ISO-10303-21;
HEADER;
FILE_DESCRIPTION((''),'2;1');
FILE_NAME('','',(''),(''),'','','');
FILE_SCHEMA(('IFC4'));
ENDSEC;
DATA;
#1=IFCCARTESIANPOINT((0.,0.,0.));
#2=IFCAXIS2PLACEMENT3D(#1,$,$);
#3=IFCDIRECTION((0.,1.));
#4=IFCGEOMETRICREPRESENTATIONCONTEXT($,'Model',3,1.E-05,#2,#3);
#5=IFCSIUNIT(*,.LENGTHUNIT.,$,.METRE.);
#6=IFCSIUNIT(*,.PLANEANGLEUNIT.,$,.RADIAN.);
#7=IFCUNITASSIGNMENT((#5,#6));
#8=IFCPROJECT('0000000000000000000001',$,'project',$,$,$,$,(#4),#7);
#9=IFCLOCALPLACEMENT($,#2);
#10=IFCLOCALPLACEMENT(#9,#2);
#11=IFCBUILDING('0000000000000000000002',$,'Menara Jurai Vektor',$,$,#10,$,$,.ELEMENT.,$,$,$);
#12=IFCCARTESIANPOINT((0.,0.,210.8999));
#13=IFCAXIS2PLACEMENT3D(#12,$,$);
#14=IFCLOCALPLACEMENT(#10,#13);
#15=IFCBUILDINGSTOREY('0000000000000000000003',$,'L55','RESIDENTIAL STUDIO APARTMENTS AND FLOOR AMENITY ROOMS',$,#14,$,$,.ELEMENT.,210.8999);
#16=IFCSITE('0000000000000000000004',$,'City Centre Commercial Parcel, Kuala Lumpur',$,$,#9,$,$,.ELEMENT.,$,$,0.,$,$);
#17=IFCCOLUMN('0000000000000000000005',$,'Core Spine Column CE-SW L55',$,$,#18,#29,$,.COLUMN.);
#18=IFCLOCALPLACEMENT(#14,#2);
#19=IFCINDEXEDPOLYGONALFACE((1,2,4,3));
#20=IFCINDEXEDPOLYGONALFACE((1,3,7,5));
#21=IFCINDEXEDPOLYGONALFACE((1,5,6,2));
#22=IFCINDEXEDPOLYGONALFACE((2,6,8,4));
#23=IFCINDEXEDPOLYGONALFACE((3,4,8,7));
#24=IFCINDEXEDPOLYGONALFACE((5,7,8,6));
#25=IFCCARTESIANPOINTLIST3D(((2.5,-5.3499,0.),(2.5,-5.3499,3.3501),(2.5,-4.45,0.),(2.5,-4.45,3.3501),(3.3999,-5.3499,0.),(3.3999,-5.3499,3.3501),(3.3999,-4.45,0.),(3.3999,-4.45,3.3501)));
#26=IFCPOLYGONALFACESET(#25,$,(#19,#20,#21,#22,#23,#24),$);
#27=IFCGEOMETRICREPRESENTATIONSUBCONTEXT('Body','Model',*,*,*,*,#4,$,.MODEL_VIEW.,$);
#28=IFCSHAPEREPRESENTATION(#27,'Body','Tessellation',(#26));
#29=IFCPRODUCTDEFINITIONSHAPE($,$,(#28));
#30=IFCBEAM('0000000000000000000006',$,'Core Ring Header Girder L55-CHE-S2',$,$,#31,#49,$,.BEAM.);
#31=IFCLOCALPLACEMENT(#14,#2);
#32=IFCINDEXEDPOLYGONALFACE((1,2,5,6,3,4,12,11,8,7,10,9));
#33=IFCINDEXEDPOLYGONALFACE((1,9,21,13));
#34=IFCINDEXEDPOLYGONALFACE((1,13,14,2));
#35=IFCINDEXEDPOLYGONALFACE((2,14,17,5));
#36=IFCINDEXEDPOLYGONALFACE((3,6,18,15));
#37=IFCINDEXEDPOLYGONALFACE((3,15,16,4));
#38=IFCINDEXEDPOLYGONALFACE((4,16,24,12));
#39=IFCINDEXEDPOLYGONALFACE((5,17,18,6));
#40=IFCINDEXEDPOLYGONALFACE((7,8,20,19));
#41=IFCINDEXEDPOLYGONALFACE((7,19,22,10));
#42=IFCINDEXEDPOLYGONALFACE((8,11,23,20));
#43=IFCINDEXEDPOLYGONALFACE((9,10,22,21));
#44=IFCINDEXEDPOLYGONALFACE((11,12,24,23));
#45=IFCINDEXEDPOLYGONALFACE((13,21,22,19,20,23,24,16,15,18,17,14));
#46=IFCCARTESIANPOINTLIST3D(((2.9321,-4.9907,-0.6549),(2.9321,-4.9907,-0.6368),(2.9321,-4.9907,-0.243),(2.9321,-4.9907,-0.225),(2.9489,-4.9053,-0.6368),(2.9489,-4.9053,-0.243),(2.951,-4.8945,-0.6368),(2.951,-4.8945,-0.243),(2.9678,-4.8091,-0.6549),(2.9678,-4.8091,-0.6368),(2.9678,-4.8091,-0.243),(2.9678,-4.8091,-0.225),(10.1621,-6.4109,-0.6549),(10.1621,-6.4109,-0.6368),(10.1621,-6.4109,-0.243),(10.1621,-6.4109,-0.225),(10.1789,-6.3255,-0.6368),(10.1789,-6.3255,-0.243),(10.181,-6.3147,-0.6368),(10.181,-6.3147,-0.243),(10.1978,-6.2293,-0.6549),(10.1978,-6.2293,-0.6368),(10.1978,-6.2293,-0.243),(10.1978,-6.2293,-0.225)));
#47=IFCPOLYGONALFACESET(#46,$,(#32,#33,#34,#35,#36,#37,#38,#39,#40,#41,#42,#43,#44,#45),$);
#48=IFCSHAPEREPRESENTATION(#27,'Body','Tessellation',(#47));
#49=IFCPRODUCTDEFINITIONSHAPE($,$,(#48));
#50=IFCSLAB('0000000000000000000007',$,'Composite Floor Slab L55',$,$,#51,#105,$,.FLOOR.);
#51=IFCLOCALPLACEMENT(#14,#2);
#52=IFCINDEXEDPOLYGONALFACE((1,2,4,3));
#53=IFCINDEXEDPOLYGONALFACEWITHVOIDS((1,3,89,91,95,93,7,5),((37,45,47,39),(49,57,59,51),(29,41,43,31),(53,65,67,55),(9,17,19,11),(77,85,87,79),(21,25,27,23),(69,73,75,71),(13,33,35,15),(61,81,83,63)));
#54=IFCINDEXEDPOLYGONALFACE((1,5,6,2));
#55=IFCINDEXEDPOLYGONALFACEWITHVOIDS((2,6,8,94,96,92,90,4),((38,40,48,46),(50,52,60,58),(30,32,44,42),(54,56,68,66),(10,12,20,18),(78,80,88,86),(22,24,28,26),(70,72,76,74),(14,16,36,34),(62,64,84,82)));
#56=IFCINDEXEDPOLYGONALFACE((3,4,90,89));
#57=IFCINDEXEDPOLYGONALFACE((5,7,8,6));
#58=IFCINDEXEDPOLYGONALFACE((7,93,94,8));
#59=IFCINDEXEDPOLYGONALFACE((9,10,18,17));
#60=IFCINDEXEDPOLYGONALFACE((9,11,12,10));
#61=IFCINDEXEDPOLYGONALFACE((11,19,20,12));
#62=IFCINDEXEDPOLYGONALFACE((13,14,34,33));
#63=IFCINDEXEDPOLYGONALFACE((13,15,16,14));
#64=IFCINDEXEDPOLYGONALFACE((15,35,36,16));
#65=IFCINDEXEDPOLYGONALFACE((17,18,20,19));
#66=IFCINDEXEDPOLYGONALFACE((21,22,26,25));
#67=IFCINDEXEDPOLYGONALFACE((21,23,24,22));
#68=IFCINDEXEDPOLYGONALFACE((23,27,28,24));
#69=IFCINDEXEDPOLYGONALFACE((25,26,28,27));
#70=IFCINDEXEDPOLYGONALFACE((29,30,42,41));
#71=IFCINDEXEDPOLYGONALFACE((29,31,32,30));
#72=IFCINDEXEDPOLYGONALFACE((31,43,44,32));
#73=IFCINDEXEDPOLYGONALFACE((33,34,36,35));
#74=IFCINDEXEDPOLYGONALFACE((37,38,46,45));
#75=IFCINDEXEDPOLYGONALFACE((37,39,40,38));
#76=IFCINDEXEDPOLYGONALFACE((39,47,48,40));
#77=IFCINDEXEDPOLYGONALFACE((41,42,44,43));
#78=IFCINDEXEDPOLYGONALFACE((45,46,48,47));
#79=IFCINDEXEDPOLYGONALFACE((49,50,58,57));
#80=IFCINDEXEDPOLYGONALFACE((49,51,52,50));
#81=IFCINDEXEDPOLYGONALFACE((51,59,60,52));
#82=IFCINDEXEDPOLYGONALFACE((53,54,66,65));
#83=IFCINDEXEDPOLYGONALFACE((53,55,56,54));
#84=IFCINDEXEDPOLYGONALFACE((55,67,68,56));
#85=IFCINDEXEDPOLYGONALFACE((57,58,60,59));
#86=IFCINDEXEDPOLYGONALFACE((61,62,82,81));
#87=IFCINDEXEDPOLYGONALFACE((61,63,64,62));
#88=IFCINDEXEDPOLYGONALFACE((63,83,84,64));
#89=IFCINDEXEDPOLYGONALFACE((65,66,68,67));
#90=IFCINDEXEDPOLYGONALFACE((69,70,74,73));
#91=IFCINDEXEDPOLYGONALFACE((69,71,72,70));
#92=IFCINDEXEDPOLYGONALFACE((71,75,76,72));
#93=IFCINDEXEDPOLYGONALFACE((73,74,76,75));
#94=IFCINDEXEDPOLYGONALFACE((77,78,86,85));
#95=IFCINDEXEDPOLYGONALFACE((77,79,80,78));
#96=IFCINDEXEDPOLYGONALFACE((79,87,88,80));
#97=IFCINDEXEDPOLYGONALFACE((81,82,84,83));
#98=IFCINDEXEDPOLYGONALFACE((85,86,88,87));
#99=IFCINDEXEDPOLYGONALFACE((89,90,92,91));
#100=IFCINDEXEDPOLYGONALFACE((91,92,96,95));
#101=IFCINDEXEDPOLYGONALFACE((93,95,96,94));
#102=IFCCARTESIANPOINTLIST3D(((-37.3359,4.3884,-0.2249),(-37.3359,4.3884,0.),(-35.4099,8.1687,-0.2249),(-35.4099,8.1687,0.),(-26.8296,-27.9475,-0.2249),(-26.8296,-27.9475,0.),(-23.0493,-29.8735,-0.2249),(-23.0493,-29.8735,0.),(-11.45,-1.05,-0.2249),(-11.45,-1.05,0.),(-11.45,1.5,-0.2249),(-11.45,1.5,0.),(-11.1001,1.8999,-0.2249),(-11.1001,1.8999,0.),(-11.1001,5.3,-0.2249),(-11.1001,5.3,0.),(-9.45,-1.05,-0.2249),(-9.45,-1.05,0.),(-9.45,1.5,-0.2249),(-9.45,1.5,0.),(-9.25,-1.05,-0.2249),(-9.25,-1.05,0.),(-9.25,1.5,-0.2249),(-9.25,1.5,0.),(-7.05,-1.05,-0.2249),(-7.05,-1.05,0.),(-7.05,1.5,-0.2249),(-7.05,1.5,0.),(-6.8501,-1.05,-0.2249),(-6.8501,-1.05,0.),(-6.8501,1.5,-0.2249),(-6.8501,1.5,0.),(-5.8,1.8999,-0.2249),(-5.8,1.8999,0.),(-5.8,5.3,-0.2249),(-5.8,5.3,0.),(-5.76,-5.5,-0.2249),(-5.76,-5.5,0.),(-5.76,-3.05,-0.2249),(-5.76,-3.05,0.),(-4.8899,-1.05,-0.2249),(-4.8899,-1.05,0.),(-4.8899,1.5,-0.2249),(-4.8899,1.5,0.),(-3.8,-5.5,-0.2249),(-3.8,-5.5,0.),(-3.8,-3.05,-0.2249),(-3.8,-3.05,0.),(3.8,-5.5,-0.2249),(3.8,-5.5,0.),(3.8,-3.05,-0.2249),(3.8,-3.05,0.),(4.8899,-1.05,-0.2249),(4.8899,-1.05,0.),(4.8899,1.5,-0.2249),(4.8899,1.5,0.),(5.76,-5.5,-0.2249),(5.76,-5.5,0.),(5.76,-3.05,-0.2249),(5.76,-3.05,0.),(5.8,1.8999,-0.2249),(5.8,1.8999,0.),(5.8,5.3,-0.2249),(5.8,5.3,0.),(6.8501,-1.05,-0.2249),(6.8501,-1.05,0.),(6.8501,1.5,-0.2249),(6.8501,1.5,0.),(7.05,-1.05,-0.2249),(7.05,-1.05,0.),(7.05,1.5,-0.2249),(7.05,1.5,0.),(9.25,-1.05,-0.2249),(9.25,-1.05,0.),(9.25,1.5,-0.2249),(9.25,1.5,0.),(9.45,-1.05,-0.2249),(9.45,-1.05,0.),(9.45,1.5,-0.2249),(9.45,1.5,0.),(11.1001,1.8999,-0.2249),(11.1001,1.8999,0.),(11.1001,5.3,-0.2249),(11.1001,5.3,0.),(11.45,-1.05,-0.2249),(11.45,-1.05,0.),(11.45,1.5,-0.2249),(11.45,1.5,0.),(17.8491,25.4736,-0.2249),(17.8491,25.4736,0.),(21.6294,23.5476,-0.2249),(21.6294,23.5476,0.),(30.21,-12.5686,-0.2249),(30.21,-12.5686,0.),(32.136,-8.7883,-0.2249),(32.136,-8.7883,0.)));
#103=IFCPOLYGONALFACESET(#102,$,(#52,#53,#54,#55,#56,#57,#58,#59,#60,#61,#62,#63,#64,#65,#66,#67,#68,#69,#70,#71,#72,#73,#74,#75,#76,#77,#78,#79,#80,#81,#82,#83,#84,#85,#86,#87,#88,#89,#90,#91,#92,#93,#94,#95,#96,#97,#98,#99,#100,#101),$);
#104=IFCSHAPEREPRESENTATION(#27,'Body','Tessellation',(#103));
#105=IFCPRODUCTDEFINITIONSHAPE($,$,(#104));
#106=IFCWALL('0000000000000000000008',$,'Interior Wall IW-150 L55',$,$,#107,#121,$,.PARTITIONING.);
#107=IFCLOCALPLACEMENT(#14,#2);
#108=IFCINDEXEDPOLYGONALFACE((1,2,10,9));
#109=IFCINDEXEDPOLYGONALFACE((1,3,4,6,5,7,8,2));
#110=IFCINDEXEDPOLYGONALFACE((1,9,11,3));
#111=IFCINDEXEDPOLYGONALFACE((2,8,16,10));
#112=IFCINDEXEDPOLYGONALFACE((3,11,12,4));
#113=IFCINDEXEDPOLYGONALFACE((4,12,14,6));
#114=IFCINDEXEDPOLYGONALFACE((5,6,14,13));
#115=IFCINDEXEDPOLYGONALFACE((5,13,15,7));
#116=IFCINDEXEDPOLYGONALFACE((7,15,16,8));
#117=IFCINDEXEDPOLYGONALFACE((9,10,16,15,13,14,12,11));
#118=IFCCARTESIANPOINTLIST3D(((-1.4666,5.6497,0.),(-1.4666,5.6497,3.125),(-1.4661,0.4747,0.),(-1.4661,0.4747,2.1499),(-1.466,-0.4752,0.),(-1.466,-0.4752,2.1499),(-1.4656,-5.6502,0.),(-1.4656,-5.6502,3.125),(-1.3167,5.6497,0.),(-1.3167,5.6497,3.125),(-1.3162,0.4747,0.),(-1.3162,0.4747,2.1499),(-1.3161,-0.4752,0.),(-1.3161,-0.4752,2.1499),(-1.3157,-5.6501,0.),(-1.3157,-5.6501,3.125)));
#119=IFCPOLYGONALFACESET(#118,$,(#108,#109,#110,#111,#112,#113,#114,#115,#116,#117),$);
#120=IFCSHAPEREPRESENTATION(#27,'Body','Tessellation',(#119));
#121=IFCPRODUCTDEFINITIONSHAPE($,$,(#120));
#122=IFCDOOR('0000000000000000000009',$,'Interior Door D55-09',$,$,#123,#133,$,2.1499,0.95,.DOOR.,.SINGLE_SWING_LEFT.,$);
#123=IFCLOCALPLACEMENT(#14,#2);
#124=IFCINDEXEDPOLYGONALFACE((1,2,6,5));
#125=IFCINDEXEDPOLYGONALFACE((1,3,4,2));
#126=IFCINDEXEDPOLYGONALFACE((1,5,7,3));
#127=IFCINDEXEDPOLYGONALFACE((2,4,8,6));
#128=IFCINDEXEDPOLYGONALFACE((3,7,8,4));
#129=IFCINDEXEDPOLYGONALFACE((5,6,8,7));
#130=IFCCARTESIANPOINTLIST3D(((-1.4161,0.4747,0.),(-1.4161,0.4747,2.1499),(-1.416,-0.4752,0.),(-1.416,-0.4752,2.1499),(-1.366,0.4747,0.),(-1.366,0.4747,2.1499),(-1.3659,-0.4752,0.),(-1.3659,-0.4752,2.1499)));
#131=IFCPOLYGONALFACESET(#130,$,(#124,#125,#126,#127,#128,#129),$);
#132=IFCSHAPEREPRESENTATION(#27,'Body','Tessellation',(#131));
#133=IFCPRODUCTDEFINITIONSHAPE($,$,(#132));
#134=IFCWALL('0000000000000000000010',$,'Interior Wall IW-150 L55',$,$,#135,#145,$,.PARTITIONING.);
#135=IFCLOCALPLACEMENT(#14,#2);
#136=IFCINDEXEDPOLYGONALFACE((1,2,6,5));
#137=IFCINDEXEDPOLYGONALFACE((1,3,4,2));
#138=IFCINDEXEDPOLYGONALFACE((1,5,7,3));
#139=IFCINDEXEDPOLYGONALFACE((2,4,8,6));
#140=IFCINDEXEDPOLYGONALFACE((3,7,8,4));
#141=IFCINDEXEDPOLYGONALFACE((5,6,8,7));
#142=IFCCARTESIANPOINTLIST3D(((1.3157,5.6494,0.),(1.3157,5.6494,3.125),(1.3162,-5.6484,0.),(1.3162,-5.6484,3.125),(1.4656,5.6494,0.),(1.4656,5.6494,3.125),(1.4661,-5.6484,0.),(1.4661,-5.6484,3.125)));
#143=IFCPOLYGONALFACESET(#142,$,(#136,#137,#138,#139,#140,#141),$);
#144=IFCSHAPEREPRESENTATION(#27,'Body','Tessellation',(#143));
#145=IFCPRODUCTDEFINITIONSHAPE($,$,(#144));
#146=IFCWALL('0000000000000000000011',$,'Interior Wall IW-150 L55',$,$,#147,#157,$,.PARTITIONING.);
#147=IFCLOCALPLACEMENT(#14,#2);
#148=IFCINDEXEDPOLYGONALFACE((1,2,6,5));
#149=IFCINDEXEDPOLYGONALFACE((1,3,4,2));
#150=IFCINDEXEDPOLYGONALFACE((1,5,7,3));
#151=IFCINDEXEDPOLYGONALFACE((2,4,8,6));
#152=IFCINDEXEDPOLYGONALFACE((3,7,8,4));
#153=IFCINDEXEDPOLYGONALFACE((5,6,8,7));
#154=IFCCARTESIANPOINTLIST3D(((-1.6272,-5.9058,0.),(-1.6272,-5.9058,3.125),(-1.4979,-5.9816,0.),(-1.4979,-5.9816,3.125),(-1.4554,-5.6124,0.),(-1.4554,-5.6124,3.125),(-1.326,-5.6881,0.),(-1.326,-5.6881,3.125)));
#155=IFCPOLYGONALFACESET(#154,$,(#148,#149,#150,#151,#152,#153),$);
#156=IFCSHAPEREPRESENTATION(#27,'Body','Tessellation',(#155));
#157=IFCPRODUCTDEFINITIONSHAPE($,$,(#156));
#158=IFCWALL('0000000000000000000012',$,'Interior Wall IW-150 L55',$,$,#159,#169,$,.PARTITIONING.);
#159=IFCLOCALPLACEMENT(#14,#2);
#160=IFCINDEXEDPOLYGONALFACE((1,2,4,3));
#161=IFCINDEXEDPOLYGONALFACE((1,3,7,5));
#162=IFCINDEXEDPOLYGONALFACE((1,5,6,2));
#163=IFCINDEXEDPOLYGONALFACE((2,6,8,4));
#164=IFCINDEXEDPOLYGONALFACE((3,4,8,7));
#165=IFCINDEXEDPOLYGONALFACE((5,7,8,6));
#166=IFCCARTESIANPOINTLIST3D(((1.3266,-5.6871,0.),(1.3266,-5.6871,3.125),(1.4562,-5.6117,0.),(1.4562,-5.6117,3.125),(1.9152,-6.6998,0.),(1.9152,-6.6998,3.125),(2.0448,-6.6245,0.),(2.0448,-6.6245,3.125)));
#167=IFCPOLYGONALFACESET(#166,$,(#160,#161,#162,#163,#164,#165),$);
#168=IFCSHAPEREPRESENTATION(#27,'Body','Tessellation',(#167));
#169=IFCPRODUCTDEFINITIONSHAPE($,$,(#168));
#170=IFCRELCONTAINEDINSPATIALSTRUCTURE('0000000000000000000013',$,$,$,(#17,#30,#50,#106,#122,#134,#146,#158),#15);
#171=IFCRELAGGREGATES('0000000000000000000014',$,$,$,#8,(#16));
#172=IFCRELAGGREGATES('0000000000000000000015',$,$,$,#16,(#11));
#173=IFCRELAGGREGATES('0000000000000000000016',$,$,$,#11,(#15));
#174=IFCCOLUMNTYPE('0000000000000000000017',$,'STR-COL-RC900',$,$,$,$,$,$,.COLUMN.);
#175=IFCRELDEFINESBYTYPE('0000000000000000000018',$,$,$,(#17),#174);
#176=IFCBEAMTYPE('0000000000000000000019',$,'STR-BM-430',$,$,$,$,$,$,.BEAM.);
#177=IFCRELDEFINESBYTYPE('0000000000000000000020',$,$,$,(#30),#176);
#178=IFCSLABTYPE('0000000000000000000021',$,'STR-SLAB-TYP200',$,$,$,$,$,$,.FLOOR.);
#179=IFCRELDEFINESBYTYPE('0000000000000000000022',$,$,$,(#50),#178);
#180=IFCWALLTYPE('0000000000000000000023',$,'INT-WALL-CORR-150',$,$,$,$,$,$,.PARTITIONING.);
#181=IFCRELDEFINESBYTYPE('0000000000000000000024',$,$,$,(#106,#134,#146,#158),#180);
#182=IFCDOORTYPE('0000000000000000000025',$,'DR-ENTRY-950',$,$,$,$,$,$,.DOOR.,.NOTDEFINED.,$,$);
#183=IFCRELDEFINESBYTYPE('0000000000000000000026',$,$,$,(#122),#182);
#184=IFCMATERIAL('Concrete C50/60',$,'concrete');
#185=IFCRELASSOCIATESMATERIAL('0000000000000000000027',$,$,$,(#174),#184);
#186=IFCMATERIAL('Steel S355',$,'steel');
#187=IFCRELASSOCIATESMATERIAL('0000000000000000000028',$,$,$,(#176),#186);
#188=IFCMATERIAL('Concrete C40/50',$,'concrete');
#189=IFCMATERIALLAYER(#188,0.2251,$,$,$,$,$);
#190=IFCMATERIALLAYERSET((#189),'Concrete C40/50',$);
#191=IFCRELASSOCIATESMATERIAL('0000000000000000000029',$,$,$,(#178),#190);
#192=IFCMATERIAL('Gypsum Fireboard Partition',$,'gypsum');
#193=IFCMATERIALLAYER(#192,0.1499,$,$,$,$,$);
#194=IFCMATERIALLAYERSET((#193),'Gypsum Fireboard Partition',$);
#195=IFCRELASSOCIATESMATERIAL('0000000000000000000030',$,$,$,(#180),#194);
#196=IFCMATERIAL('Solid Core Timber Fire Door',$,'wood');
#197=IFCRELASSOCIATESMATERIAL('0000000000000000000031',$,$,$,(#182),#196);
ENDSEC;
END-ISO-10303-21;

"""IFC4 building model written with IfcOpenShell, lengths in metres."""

from ifc_helpers import new_model, si_unit, direction, frame, frame_2d, origin, origin_2d, place, context, subcontext, project, spatial, polyline, rectangle, i_section, outline, extrude, material, layer, layer_set, material_profile, profile_set, type_object, element, fill, save


model = new_model("IFC4")

# Units and contexts
model_context = context("Model", 3, precision=1e-05, world=origin(), true_north=direction((0.0, 1.0)))
body_context = subcontext(model_context, "Body", "Model", "MODEL_VIEW")
ifc_project = project(units=[si_unit("LENGTHUNIT", "METRE"), si_unit("PLANEANGLEUNIT", "RADIAN")], contexts=[model_context])

# Site, building, storey
site_placement = place(None, origin())
site = spatial("IfcSite", under=ifc_project, at=site_placement, Name="City Centre Commercial Parcel, Kuala Lumpur", CompositionType="ELEMENT", RefElevation=0.0)
building_placement = place(site_placement, origin())
building = spatial("IfcBuilding", under=site, at=building_placement, Name="Menara Jurai Vektor", CompositionType="ELEMENT")
storey_placement = place(building_placement, frame((0.0, 0.0, 210.8999)))
storey = spatial("IfcBuildingStorey", under=building, at=storey_placement, Name="L55", Description="RESIDENTIAL STUDIO APARTMENTS AND FLOOR AMENITY ROOMS", CompositionType="ELEMENT", Elevation=210.8999)

# Column
ifc_material_1 = material(Name="Concrete C50/60", Category="concrete")
ifc_material_profile_1 = material_profile(ifc_material_1, rectangle(XDim=0.8999, YDim=0.8999, at=origin_2d()), Name="RC 900x900")
ifc_profile_set_1 = profile_set([ifc_material_profile_1], Name="Concrete C50/60")
column_type = type_object("IfcColumnType", Name="STR-COL-RC900", PredefinedType="COLUMN", material=ifc_profile_set_1)
column_placement = place(storey_placement, frame((2.95, -4.8999, 0.0), z_axis=(0.0, 0.0, 1.0), x_axis=(1.0, 0.0, 0.0)))
element("IfcColumn", 1, at=column_placement, inside=storey, type_object=column_type, Name="Core Spine Column CE-SW L55", PredefinedType="COLUMN", context=body_context, shape_type="SweptSolid", body=[
    extrude(rectangle(XDim=0.8999, YDim=0.8999, at=origin_2d()), origin(), (0.0, 0.0, 1.0), 3.3501),
])

# Beam
ifc_material_2 = material(Name="Steel S355", Category="steel")
ifc_material_profile_2 = material_profile(ifc_material_2, i_section(OverallWidth=0.1851, OverallDepth=0.4299, WebThickness=0.011, FlangeThickness=0.0181, at=origin_2d()), Name="PG 430x185x76")
ifc_profile_set_2 = profile_set([ifc_material_profile_2], Name="Steel S355")
beam_type = type_object("IfcBeamType", Name="STR-BM-430", PredefinedType="BEAM", material=ifc_profile_set_2)
beam_placement = place(storey_placement, frame((2.95, -4.8999, -0.4399), z_axis=(0.981249, -0.192744, 0.0), x_axis=(0.192744, 0.981249, 0.0)))
element("IfcBeam", 2, at=beam_placement, inside=storey, type_object=beam_type, Name="Core Ring Header Girder L55-CHE-S2", PredefinedType="BEAM", context=body_context, shape_type="SweptSolid", body=[
    extrude(i_section(OverallWidth=0.1851, OverallDepth=0.4299, WebThickness=0.011, FlangeThickness=0.0181, at=origin_2d()), origin(), (0.0, 0.0, 1.0), 7.3682),
])

# Slab
ifc_material_3 = material(Name="Concrete C40/50", Category="concrete")
ifc_layer_1 = layer(ifc_material_3, 0.2251)
ifc_layer_set_1 = layer_set([ifc_layer_1], Name="Concrete C40/50")
slab_type = type_object("IfcSlabType", Name="STR-SLAB-TYP200", PredefinedType="FLOOR", material=ifc_layer_set_1)
slab_placement = place(storey_placement, frame((0.0, 0.0, -0.2249)))
element("IfcSlab", 3, at=slab_placement, inside=storey, type_object=slab_type, Name="Composite Floor Slab L55", PredefinedType="FLOOR", context=body_context, shape_type="SweptSolid", body=[
    extrude(outline(polyline([(-23.0493, -29.8735), (30.21, -12.5686), (32.136, -8.7883), (21.6294, 23.5476), (17.8491, 25.4736), (-35.4099, 8.1687), (-37.3359, 4.3884), (-26.8296, -27.9475), (-23.0493, -29.8735)]), holes=[polyline([(-11.1001, 1.8999), (-11.1001, 5.3), (-5.8, 5.3), (-5.8, 1.8999), (-11.1001, 1.8999)]), polyline([(5.8, 1.8999), (5.8, 5.3), (11.1001, 5.3), (11.1001, 1.8999), (5.8, 1.8999)]), polyline([(-11.45, -1.05), (-11.45, 1.5), (-9.45, 1.5), (-9.45, -1.05), (-11.45, -1.05)]), polyline([(9.45, -1.05), (9.45, 1.5), (11.45, 1.5), (11.45, -1.05), (9.45, -1.05)]), polyline([(-5.76, -5.5), (-5.76, -3.05), (-3.8, -3.05), (-3.8, -5.5), (-5.76, -5.5)]), polyline([(-6.8501, -1.05), (-6.8501, 1.5), (-4.8899, 1.5), (-4.8899, -1.05), (-6.8501, -1.05)]), polyline([(3.8, -5.5), (3.8, -3.05), (5.76, -3.05), (5.76, -5.5), (3.8, -5.5)]), polyline([(4.8899, -1.05), (4.8899, 1.5), (6.8501, 1.5), (6.8501, -1.05), (4.8899, -1.05)]), polyline([(-9.25, -1.05), (-9.25, 1.5), (-7.05, 1.5), (-7.05, -1.05), (-9.25, -1.05)]), polyline([(7.05, -1.05), (7.05, 1.5), (9.25, 1.5), (9.25, -1.05), (7.05, -1.05)])]), origin(), (0.0, 0.0, 1.0), 0.2249),
])

# Wall, opening, door
ifc_material_4 = material(Name="Gypsum Fireboard Partition", Category="gypsum")
ifc_layer_2 = layer(ifc_material_4, 0.1499)
ifc_layer_set_2 = layer_set([ifc_layer_2], Name="Gypsum Fireboard Partition")
wall_type_1 = type_object("IfcWallType", Name="INT-WALL-CORR-150", PredefinedType="PARTITIONING", material=ifc_layer_set_2)
wall_1_placement = place(storey_placement, frame((-1.3906, -5.6501, 0.0), z_axis=(0.0, 0.0, 1.0), x_axis=(-0.000086, 1.0, 0.0)))
wall_1 = element("IfcWall", 4, at=wall_1_placement, inside=storey, type_object=wall_type_1, Name="Interior Wall IW-150 L55", PredefinedType="PARTITIONING", context=body_context, shape_type="SweptSolid", body=[
    extrude(rectangle(XDim=11.2998, YDim=0.1499, at=frame_2d((5.6499, 0.0))), origin(), (0.0, 0.0, 1.0), 3.125),
])
opening_placement = place(wall_1_placement, frame((5.1748, 0.0, 0.0)))
opening = element("IfcOpeningElement", 5, at=opening_placement, cuts=wall_1, PredefinedType="OPENING", context=body_context, shape_type="SweptSolid", body=[
    extrude(rectangle(XDim=0.95, YDim=2.1499, at=frame_2d((0.4751, 1.075))), frame((0.0, 0.085, 0.0), z_axis=(0.0, -1.0, 0.0), x_axis=(1.0, 0.0, 0.0)), (0.0, 0.0, 1.0), 0.1699),
])
ifc_material_5 = material(Name="Solid Core Timber Fire Door", Category="wood")
door_type = type_object("IfcDoorType", Name="DR-ENTRY-950", OperationType="NOTDEFINED", PredefinedType="DOOR", material=ifc_material_5)
door_placement = place(opening_placement, origin())
door = element("IfcDoor", 6, at=door_placement, inside=storey, type_object=door_type, Name="Interior Door D55-09", OperationType="SINGLE_SWING_LEFT", OverallHeight=2.1499, OverallWidth=0.95, PredefinedType="DOOR", context=body_context, shape_type="SweptSolid", body=[
    extrude(rectangle(XDim=0.95, YDim=2.1499, at=frame_2d((0.4751, 1.075))), frame((0.0, 0.0249, 0.0), z_axis=(0.0, -1.0, 0.0), x_axis=(1.0, 0.0, 0.0)), (0.0, 0.0, 1.0), 0.05),
])
fill(opening, door)

# Walls
wall_2_placement = place(storey_placement, frame((1.3911, -5.6484, 0.0), z_axis=(0.0, 0.0, 1.0), x_axis=(-0.000043, 1.0, 0.0)))
element("IfcWall", 7, at=wall_2_placement, inside=storey, type_object=wall_type_1, Name="Interior Wall IW-150 L55", PredefinedType="PARTITIONING", context=body_context, shape_type="SweptSolid", body=[
    extrude(rectangle(XDim=11.2979, YDim=0.1499, at=frame_2d((5.6489, 0.0))), origin(), (0.0, 0.0, 1.0), 3.125),
])
wall_3_placement = place(storey_placement, frame((-1.5625, -5.9436, 0.0), z_axis=(0.0, 0.0, 1.0), x_axis=(0.505388, 0.862892, 0.0)))
element("IfcWall", 8, at=wall_3_placement, inside=storey, type_object=wall_type_1, Name="Interior Wall IW-150 L55", PredefinedType="PARTITIONING", context=body_context, shape_type="SweptSolid", body=[
    extrude(rectangle(XDim=0.3401, YDim=0.1499, at=frame_2d((0.1699, 0.0))), origin(), (0.0, 0.0, 1.0), 3.125),
])
wall_4_placement = place(storey_placement, frame((1.3914, -5.6494, 0.0), z_axis=(0.0, 0.0, 1.0), x_axis=(0.502523, -0.864564, 0.0)))
element("IfcWall", 9, at=wall_4_placement, inside=storey, type_object=wall_type_1, Name="Interior Wall IW-150 L55", PredefinedType="PARTITIONING", context=body_context, shape_type="SweptSolid", body=[
    extrude(rectangle(XDim=1.1714, YDim=0.1499, at=frame_2d((0.5857, 0.0))), origin(), (0.0, 0.0, 1.0), 3.125),
])

save(model, "model.ifc")
